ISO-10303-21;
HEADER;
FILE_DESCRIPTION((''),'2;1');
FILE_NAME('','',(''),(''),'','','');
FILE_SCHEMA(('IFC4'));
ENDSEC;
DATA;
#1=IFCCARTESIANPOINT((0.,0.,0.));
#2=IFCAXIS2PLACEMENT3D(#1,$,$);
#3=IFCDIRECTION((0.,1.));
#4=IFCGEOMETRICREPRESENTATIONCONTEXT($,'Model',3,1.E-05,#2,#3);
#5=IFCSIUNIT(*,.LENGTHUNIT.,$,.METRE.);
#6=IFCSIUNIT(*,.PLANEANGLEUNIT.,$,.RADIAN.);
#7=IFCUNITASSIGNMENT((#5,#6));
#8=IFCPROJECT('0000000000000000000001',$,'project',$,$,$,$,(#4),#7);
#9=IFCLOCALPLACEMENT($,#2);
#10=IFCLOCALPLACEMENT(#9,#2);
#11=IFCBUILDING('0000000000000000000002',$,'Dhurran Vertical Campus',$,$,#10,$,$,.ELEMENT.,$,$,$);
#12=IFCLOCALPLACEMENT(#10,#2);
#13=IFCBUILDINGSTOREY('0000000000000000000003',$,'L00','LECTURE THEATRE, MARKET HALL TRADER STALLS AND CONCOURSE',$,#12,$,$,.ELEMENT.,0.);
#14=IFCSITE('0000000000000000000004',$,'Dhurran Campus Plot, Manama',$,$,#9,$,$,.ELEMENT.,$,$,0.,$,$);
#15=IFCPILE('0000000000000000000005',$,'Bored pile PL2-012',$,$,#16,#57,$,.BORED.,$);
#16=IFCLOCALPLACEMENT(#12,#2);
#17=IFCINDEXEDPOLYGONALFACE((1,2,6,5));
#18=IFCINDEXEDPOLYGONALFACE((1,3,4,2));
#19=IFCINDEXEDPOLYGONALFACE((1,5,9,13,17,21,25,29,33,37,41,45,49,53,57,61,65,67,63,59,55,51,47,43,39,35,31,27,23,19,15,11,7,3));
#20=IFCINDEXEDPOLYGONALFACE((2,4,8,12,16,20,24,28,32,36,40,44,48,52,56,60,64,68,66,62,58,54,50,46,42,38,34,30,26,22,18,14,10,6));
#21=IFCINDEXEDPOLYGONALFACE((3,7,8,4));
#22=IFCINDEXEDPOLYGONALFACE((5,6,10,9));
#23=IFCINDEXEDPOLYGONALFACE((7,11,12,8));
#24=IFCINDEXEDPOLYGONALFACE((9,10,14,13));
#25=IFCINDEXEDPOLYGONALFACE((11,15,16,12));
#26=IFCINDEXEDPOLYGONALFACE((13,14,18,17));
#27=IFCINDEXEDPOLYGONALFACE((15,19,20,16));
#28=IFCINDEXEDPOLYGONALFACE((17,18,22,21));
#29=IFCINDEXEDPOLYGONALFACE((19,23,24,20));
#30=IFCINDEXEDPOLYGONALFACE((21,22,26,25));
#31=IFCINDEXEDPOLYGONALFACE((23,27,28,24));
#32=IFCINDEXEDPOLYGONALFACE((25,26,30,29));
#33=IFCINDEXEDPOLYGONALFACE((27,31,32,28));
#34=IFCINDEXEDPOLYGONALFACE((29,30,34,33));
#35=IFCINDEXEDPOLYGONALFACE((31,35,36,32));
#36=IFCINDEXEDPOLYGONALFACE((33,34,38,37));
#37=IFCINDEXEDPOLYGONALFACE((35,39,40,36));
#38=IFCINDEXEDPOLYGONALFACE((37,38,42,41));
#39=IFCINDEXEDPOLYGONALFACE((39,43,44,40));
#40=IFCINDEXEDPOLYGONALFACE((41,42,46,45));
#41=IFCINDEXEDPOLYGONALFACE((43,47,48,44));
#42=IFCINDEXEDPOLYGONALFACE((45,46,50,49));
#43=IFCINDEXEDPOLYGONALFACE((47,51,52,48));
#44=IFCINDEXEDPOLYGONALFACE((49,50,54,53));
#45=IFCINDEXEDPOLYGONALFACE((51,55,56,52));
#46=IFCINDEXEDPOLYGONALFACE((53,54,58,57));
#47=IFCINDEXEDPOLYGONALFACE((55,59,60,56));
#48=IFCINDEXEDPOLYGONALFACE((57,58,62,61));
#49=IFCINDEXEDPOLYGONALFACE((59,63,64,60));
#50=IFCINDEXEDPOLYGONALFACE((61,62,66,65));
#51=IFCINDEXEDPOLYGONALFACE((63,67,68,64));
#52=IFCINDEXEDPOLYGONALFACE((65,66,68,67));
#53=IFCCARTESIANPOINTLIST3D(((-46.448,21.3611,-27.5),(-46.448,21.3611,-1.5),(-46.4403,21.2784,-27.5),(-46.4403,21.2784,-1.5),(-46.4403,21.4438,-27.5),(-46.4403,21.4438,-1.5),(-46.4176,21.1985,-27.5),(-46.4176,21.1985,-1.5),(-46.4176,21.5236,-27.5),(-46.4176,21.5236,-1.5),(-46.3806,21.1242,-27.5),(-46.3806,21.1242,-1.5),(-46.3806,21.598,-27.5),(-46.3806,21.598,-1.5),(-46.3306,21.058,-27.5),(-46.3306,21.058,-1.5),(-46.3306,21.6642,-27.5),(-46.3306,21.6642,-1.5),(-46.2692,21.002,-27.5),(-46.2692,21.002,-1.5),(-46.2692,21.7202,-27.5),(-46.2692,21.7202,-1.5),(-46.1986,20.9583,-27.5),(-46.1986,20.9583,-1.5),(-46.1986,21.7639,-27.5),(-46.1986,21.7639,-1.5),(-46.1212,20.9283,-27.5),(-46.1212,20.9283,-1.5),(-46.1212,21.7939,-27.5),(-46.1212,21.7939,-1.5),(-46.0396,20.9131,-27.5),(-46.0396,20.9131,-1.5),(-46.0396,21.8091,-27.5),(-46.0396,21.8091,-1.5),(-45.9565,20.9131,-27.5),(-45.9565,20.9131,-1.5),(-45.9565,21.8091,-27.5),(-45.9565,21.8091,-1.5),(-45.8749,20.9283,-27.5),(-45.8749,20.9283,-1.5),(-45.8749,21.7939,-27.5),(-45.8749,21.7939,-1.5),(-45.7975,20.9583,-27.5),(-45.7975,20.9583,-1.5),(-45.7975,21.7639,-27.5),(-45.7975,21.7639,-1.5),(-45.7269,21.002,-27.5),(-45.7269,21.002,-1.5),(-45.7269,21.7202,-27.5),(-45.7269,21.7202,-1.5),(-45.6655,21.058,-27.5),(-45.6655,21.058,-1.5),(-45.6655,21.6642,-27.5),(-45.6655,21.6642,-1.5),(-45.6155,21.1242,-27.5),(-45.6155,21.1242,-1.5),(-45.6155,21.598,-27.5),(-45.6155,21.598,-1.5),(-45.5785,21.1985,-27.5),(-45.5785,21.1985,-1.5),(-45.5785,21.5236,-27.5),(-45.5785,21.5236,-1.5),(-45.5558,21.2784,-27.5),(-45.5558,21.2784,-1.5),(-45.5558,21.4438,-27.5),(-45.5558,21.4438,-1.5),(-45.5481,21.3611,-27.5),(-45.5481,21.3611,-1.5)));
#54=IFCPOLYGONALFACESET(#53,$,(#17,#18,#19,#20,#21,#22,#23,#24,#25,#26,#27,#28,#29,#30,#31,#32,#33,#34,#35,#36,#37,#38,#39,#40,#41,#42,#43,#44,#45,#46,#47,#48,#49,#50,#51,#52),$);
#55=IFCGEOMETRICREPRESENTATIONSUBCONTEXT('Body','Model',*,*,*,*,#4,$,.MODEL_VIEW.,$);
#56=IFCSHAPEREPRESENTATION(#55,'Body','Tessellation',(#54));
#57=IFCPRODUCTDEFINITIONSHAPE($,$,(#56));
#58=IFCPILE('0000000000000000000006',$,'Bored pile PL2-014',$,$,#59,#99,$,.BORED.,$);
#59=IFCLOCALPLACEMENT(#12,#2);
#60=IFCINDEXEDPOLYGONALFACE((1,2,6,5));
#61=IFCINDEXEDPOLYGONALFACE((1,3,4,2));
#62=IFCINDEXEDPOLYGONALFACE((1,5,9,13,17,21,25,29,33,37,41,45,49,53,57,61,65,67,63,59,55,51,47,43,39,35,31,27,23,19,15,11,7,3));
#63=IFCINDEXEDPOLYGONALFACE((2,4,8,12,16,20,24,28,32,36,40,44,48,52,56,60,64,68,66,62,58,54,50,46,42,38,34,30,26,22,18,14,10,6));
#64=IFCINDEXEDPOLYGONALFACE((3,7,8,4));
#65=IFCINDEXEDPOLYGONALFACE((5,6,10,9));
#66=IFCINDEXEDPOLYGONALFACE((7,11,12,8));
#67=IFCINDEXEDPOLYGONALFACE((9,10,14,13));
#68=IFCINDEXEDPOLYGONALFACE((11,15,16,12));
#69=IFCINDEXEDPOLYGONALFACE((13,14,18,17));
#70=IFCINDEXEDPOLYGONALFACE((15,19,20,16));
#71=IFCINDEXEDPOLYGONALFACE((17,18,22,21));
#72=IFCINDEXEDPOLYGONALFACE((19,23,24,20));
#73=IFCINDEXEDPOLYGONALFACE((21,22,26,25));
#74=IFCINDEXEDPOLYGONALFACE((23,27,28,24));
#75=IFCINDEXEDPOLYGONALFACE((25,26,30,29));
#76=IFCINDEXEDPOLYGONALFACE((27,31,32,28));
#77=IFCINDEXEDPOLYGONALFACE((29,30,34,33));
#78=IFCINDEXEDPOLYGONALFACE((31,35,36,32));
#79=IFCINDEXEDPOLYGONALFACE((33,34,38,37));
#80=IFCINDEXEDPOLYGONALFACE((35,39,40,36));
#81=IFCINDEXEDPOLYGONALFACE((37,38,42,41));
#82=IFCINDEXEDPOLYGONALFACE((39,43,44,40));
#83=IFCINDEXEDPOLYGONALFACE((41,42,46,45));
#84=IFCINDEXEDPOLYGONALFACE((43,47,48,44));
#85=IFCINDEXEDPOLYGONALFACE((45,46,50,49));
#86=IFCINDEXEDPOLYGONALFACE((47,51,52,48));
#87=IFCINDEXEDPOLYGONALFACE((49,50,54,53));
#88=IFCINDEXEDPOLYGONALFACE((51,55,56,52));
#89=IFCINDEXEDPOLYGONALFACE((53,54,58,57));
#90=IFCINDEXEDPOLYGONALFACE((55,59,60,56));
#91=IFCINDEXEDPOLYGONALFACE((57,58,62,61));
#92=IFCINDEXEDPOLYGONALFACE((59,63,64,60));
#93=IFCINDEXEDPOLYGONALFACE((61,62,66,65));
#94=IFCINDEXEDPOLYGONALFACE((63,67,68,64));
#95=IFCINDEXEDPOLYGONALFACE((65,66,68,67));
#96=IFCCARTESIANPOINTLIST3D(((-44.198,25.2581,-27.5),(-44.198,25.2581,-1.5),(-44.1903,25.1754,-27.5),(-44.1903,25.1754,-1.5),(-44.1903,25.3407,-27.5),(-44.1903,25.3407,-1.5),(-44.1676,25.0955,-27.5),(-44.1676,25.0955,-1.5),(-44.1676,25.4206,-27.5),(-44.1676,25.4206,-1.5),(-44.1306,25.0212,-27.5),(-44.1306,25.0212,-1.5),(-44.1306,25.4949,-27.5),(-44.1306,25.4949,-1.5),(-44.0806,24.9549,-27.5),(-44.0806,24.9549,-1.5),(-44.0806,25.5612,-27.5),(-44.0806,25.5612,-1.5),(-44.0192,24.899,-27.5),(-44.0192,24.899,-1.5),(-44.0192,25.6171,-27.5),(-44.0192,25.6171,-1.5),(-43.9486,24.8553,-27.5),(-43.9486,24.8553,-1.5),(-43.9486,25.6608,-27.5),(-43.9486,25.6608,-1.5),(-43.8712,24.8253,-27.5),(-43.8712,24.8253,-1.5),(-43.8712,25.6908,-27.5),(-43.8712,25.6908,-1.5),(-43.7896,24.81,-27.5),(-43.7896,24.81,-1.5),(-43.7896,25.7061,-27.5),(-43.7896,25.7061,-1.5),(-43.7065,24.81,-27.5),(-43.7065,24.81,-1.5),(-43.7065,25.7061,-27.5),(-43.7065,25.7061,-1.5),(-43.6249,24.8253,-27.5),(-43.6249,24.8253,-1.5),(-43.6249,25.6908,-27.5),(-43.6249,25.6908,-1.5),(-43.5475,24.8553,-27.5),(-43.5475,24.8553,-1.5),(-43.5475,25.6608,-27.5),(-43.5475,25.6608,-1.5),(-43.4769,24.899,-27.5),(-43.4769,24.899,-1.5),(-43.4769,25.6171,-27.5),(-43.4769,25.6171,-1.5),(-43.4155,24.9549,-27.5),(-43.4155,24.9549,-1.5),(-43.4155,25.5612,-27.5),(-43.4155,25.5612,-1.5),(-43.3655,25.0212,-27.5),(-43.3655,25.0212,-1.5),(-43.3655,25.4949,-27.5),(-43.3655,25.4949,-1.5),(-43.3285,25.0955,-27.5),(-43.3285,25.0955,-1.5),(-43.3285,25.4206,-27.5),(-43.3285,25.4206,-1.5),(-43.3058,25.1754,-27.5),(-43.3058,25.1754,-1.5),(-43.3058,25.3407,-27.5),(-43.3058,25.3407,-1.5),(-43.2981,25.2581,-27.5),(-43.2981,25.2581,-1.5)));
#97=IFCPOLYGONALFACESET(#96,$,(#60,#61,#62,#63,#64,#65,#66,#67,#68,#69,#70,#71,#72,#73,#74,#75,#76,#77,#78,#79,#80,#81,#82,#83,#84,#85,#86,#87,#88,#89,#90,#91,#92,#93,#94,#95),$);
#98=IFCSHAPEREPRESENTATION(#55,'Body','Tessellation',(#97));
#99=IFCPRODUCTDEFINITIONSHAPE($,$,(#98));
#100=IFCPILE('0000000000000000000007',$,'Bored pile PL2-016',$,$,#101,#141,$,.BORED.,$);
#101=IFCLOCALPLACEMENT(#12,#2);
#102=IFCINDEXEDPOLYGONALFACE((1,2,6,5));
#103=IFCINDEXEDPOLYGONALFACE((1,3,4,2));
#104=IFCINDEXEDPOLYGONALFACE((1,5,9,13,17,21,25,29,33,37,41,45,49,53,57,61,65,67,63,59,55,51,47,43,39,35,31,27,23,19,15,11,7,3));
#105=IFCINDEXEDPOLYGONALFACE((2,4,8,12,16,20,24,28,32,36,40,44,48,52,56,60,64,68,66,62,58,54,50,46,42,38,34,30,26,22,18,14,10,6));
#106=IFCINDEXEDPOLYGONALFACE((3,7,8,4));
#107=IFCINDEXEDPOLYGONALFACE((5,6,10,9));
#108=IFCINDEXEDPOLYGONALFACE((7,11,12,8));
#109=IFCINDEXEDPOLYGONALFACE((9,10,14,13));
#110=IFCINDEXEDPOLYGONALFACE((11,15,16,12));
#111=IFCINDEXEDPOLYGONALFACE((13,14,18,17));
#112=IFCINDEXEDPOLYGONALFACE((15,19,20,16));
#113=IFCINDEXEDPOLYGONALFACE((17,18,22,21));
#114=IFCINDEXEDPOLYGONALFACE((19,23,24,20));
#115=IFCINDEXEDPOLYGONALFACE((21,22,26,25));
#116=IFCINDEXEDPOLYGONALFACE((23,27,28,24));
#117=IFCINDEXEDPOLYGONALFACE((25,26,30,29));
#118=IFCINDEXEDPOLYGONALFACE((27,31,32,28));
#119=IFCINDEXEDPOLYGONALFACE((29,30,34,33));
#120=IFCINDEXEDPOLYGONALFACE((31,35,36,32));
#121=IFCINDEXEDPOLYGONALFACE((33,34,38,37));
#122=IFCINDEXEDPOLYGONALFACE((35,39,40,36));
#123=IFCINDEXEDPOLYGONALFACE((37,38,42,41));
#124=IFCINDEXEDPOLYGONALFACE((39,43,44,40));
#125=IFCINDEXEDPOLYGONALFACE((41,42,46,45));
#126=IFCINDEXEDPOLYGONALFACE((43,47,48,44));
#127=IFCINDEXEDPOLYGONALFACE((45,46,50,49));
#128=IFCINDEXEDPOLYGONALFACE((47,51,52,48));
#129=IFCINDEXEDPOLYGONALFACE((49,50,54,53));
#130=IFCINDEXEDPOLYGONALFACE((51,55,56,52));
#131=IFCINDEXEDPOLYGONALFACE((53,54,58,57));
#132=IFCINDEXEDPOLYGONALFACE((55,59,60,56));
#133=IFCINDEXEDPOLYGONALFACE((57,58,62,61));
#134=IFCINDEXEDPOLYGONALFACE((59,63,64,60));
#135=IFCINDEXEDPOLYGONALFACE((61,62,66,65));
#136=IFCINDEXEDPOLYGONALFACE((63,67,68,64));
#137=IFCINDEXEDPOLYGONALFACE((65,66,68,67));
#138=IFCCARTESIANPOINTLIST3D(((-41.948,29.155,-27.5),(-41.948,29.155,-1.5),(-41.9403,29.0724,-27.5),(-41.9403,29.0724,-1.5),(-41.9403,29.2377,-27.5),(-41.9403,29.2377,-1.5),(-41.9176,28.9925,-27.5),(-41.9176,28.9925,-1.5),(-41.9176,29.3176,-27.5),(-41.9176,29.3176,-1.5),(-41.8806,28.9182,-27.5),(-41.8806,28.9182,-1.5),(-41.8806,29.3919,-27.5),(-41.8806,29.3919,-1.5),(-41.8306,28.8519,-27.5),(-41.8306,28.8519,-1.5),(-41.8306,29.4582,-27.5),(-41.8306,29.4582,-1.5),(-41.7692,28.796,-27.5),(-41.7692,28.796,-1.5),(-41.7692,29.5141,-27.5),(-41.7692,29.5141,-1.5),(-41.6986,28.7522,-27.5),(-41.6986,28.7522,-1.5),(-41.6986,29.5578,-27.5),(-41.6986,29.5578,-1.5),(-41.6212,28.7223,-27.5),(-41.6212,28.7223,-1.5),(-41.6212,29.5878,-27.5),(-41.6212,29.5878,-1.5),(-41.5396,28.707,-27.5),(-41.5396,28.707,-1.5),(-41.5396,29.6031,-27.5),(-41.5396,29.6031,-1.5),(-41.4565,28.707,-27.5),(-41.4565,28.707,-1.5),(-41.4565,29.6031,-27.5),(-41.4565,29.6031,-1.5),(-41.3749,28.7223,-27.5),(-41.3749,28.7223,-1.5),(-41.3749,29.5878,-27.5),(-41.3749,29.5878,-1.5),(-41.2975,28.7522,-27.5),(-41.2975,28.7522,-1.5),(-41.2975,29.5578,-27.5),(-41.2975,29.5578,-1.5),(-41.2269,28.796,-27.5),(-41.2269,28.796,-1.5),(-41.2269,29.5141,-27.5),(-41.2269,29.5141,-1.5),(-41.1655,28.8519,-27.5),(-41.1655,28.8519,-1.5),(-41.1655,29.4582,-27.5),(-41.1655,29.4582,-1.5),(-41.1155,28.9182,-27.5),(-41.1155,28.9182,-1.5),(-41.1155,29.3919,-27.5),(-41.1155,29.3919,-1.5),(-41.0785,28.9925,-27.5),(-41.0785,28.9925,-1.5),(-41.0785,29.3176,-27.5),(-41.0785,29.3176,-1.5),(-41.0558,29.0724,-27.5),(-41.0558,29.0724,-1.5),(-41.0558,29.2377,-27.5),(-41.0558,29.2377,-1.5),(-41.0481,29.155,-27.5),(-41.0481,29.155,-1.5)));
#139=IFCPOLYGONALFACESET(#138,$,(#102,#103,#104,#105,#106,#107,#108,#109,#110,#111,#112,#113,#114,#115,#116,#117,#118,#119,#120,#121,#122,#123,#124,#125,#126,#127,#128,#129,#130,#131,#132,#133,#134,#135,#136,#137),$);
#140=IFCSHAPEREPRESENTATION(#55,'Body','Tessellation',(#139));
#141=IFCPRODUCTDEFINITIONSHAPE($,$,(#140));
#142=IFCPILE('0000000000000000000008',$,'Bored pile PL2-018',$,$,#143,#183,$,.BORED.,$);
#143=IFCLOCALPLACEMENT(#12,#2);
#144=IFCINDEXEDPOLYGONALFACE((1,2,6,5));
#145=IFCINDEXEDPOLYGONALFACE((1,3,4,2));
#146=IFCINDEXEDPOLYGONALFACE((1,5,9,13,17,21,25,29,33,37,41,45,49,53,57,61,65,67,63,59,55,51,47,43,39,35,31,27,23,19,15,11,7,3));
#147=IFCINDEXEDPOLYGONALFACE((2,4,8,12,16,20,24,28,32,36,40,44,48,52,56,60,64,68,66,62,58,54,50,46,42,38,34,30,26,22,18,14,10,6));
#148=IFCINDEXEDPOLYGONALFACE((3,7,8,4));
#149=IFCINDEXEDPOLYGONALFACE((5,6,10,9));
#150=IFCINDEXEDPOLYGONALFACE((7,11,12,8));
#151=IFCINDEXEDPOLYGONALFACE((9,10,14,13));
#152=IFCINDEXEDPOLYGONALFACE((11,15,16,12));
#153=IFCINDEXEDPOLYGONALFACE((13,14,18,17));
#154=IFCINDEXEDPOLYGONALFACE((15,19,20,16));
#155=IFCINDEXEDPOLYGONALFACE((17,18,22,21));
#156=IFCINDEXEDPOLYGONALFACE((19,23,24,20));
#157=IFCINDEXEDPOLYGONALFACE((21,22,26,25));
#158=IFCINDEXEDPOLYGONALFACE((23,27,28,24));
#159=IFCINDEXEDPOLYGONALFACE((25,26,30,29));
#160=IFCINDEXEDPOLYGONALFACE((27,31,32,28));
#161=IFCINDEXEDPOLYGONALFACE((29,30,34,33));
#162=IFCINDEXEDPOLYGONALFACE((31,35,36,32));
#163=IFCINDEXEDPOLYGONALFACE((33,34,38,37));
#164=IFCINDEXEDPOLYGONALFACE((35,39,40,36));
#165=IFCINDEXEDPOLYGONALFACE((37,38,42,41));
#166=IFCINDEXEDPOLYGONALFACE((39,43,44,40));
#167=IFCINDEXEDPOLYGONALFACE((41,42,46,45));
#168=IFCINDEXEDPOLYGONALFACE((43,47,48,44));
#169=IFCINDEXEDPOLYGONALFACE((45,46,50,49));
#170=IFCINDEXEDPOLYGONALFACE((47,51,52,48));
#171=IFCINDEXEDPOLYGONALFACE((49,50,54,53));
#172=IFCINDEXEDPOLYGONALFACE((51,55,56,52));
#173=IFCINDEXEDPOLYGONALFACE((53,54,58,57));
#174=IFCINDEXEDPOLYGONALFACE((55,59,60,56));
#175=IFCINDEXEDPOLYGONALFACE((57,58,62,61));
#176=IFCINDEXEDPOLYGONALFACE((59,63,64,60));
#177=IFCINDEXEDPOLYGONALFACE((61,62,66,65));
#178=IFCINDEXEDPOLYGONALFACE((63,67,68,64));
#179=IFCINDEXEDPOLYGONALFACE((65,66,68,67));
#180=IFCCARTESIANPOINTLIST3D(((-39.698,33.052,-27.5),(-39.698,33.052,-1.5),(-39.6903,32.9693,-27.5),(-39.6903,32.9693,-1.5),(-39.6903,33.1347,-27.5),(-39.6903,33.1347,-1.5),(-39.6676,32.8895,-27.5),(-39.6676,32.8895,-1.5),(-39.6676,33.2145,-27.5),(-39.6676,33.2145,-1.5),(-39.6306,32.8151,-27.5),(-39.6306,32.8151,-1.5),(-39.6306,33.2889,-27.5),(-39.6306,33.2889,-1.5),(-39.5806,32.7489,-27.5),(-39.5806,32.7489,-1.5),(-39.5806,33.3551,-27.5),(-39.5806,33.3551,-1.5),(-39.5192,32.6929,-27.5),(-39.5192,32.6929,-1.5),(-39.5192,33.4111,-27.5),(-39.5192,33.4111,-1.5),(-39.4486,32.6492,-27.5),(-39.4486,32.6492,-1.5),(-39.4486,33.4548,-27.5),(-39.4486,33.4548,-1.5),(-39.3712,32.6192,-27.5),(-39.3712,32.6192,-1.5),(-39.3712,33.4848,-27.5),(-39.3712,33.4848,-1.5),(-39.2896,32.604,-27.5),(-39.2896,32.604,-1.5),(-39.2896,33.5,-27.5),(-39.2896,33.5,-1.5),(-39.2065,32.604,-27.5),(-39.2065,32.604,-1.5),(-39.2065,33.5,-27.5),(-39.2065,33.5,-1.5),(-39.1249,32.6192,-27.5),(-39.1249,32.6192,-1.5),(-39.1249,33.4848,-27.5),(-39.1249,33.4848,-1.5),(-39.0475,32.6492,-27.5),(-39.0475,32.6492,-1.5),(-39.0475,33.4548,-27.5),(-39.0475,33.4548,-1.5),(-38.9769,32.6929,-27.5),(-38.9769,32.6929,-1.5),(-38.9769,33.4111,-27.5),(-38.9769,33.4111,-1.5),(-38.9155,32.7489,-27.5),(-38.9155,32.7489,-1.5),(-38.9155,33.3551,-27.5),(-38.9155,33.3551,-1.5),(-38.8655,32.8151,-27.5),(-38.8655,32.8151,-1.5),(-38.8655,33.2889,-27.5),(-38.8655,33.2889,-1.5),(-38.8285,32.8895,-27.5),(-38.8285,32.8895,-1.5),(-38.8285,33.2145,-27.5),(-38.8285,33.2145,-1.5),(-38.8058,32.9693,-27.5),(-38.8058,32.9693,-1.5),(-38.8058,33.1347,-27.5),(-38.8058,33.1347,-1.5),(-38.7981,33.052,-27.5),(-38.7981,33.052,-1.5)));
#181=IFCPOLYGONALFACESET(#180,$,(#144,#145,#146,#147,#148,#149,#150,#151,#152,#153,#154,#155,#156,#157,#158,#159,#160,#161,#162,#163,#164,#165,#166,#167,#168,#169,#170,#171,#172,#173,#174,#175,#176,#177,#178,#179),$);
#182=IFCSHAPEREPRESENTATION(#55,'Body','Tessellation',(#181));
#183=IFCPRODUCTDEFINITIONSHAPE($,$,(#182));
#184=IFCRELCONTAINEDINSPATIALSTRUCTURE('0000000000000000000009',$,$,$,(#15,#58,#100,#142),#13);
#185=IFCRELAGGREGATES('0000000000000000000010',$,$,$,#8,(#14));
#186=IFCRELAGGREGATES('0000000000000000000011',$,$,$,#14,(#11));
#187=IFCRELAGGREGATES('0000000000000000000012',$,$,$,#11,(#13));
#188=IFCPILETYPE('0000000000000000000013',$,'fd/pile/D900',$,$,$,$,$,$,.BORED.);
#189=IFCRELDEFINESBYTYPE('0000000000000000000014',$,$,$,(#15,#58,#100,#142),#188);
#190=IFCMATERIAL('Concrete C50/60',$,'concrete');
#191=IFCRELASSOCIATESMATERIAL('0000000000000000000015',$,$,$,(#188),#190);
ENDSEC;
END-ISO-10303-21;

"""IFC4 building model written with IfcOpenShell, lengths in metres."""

from ifc_helpers import new_model, si_unit, direction, frame, origin, origin_2d, place, context, subcontext, project, spatial, circle, extrude, material, material_profile, profile_set, type_object, element, save


model = new_model("IFC4")

# Units and contexts
model_context = context("Model", 3, precision=1e-05, world=origin(), true_north=direction((0.0, 1.0)))
body_context = subcontext(model_context, "Body", "Model", "MODEL_VIEW")
ifc_project = project(units=[si_unit("LENGTHUNIT", "METRE"), si_unit("PLANEANGLEUNIT", "RADIAN")], contexts=[model_context])

# Site, building, storey
site_placement = place(None, origin())
site = spatial("IfcSite", under=ifc_project, at=site_placement, Name="Dhurran Campus Plot, Manama", CompositionType="ELEMENT", RefElevation=0.0)
building_placement = place(site_placement, origin())
building = spatial("IfcBuilding", under=site, at=building_placement, Name="Dhurran Vertical Campus", CompositionType="ELEMENT")
storey_placement = place(building_placement, origin())
storey = spatial("IfcBuildingStorey", under=building, at=storey_placement, Name="L00", Description="LECTURE THEATRE, MARKET HALL TRADER STALLS AND CONCOURSE", CompositionType="ELEMENT", Elevation=0.0)

# Piles
ifc_material_1 = material(Name="Concrete C50/60", Category="concrete")
ifc_material_profile_1 = material_profile(ifc_material_1, circle(Radius=0.45, at=origin_2d()), Name="fd/pile/D900")
ifc_profile_set_1 = profile_set([ifc_material_profile_1], Name="Concrete C50/60")
pile_type = type_object("IfcPileType", Name="fd/pile/D900", PredefinedType="BORED", material=ifc_profile_set_1)
for number, where, z_axis, x_axis, name in (
    (1, (-45.998, 21.3611, -1.5), (0.0, 0.0, -1.0), (1.0, 0.0, 0.0), "Bored pile PL2-012"),
    (2, (-43.748, 25.2581, -1.5), (0.0, 0.0, -1.0), (1.0, 0.0, 0.0), "Bored pile PL2-014"),
    (3, (-41.498, 29.155, -1.5), (0.0, 0.0, -1.0), (1.0, 0.0, 0.0), "Bored pile PL2-016"),
    (4, (-39.248, 33.052, -1.5), (0.0, 0.0, -1.0), (1.0, 0.0, 0.0), "Bored pile PL2-018"),
):
    element("IfcPile", number, at=place(storey_placement, frame(where, z_axis=z_axis, x_axis=x_axis)), inside=storey, type_object=pile_type, Name=name, PredefinedType="BORED", context=body_context, shape_type="SweptSolid", body=[
        extrude(circle(Radius=0.45, at=origin_2d()), origin(), (0.0, 0.0, 1.0), 26.0),
    ])

save(model, "model.ifc")
